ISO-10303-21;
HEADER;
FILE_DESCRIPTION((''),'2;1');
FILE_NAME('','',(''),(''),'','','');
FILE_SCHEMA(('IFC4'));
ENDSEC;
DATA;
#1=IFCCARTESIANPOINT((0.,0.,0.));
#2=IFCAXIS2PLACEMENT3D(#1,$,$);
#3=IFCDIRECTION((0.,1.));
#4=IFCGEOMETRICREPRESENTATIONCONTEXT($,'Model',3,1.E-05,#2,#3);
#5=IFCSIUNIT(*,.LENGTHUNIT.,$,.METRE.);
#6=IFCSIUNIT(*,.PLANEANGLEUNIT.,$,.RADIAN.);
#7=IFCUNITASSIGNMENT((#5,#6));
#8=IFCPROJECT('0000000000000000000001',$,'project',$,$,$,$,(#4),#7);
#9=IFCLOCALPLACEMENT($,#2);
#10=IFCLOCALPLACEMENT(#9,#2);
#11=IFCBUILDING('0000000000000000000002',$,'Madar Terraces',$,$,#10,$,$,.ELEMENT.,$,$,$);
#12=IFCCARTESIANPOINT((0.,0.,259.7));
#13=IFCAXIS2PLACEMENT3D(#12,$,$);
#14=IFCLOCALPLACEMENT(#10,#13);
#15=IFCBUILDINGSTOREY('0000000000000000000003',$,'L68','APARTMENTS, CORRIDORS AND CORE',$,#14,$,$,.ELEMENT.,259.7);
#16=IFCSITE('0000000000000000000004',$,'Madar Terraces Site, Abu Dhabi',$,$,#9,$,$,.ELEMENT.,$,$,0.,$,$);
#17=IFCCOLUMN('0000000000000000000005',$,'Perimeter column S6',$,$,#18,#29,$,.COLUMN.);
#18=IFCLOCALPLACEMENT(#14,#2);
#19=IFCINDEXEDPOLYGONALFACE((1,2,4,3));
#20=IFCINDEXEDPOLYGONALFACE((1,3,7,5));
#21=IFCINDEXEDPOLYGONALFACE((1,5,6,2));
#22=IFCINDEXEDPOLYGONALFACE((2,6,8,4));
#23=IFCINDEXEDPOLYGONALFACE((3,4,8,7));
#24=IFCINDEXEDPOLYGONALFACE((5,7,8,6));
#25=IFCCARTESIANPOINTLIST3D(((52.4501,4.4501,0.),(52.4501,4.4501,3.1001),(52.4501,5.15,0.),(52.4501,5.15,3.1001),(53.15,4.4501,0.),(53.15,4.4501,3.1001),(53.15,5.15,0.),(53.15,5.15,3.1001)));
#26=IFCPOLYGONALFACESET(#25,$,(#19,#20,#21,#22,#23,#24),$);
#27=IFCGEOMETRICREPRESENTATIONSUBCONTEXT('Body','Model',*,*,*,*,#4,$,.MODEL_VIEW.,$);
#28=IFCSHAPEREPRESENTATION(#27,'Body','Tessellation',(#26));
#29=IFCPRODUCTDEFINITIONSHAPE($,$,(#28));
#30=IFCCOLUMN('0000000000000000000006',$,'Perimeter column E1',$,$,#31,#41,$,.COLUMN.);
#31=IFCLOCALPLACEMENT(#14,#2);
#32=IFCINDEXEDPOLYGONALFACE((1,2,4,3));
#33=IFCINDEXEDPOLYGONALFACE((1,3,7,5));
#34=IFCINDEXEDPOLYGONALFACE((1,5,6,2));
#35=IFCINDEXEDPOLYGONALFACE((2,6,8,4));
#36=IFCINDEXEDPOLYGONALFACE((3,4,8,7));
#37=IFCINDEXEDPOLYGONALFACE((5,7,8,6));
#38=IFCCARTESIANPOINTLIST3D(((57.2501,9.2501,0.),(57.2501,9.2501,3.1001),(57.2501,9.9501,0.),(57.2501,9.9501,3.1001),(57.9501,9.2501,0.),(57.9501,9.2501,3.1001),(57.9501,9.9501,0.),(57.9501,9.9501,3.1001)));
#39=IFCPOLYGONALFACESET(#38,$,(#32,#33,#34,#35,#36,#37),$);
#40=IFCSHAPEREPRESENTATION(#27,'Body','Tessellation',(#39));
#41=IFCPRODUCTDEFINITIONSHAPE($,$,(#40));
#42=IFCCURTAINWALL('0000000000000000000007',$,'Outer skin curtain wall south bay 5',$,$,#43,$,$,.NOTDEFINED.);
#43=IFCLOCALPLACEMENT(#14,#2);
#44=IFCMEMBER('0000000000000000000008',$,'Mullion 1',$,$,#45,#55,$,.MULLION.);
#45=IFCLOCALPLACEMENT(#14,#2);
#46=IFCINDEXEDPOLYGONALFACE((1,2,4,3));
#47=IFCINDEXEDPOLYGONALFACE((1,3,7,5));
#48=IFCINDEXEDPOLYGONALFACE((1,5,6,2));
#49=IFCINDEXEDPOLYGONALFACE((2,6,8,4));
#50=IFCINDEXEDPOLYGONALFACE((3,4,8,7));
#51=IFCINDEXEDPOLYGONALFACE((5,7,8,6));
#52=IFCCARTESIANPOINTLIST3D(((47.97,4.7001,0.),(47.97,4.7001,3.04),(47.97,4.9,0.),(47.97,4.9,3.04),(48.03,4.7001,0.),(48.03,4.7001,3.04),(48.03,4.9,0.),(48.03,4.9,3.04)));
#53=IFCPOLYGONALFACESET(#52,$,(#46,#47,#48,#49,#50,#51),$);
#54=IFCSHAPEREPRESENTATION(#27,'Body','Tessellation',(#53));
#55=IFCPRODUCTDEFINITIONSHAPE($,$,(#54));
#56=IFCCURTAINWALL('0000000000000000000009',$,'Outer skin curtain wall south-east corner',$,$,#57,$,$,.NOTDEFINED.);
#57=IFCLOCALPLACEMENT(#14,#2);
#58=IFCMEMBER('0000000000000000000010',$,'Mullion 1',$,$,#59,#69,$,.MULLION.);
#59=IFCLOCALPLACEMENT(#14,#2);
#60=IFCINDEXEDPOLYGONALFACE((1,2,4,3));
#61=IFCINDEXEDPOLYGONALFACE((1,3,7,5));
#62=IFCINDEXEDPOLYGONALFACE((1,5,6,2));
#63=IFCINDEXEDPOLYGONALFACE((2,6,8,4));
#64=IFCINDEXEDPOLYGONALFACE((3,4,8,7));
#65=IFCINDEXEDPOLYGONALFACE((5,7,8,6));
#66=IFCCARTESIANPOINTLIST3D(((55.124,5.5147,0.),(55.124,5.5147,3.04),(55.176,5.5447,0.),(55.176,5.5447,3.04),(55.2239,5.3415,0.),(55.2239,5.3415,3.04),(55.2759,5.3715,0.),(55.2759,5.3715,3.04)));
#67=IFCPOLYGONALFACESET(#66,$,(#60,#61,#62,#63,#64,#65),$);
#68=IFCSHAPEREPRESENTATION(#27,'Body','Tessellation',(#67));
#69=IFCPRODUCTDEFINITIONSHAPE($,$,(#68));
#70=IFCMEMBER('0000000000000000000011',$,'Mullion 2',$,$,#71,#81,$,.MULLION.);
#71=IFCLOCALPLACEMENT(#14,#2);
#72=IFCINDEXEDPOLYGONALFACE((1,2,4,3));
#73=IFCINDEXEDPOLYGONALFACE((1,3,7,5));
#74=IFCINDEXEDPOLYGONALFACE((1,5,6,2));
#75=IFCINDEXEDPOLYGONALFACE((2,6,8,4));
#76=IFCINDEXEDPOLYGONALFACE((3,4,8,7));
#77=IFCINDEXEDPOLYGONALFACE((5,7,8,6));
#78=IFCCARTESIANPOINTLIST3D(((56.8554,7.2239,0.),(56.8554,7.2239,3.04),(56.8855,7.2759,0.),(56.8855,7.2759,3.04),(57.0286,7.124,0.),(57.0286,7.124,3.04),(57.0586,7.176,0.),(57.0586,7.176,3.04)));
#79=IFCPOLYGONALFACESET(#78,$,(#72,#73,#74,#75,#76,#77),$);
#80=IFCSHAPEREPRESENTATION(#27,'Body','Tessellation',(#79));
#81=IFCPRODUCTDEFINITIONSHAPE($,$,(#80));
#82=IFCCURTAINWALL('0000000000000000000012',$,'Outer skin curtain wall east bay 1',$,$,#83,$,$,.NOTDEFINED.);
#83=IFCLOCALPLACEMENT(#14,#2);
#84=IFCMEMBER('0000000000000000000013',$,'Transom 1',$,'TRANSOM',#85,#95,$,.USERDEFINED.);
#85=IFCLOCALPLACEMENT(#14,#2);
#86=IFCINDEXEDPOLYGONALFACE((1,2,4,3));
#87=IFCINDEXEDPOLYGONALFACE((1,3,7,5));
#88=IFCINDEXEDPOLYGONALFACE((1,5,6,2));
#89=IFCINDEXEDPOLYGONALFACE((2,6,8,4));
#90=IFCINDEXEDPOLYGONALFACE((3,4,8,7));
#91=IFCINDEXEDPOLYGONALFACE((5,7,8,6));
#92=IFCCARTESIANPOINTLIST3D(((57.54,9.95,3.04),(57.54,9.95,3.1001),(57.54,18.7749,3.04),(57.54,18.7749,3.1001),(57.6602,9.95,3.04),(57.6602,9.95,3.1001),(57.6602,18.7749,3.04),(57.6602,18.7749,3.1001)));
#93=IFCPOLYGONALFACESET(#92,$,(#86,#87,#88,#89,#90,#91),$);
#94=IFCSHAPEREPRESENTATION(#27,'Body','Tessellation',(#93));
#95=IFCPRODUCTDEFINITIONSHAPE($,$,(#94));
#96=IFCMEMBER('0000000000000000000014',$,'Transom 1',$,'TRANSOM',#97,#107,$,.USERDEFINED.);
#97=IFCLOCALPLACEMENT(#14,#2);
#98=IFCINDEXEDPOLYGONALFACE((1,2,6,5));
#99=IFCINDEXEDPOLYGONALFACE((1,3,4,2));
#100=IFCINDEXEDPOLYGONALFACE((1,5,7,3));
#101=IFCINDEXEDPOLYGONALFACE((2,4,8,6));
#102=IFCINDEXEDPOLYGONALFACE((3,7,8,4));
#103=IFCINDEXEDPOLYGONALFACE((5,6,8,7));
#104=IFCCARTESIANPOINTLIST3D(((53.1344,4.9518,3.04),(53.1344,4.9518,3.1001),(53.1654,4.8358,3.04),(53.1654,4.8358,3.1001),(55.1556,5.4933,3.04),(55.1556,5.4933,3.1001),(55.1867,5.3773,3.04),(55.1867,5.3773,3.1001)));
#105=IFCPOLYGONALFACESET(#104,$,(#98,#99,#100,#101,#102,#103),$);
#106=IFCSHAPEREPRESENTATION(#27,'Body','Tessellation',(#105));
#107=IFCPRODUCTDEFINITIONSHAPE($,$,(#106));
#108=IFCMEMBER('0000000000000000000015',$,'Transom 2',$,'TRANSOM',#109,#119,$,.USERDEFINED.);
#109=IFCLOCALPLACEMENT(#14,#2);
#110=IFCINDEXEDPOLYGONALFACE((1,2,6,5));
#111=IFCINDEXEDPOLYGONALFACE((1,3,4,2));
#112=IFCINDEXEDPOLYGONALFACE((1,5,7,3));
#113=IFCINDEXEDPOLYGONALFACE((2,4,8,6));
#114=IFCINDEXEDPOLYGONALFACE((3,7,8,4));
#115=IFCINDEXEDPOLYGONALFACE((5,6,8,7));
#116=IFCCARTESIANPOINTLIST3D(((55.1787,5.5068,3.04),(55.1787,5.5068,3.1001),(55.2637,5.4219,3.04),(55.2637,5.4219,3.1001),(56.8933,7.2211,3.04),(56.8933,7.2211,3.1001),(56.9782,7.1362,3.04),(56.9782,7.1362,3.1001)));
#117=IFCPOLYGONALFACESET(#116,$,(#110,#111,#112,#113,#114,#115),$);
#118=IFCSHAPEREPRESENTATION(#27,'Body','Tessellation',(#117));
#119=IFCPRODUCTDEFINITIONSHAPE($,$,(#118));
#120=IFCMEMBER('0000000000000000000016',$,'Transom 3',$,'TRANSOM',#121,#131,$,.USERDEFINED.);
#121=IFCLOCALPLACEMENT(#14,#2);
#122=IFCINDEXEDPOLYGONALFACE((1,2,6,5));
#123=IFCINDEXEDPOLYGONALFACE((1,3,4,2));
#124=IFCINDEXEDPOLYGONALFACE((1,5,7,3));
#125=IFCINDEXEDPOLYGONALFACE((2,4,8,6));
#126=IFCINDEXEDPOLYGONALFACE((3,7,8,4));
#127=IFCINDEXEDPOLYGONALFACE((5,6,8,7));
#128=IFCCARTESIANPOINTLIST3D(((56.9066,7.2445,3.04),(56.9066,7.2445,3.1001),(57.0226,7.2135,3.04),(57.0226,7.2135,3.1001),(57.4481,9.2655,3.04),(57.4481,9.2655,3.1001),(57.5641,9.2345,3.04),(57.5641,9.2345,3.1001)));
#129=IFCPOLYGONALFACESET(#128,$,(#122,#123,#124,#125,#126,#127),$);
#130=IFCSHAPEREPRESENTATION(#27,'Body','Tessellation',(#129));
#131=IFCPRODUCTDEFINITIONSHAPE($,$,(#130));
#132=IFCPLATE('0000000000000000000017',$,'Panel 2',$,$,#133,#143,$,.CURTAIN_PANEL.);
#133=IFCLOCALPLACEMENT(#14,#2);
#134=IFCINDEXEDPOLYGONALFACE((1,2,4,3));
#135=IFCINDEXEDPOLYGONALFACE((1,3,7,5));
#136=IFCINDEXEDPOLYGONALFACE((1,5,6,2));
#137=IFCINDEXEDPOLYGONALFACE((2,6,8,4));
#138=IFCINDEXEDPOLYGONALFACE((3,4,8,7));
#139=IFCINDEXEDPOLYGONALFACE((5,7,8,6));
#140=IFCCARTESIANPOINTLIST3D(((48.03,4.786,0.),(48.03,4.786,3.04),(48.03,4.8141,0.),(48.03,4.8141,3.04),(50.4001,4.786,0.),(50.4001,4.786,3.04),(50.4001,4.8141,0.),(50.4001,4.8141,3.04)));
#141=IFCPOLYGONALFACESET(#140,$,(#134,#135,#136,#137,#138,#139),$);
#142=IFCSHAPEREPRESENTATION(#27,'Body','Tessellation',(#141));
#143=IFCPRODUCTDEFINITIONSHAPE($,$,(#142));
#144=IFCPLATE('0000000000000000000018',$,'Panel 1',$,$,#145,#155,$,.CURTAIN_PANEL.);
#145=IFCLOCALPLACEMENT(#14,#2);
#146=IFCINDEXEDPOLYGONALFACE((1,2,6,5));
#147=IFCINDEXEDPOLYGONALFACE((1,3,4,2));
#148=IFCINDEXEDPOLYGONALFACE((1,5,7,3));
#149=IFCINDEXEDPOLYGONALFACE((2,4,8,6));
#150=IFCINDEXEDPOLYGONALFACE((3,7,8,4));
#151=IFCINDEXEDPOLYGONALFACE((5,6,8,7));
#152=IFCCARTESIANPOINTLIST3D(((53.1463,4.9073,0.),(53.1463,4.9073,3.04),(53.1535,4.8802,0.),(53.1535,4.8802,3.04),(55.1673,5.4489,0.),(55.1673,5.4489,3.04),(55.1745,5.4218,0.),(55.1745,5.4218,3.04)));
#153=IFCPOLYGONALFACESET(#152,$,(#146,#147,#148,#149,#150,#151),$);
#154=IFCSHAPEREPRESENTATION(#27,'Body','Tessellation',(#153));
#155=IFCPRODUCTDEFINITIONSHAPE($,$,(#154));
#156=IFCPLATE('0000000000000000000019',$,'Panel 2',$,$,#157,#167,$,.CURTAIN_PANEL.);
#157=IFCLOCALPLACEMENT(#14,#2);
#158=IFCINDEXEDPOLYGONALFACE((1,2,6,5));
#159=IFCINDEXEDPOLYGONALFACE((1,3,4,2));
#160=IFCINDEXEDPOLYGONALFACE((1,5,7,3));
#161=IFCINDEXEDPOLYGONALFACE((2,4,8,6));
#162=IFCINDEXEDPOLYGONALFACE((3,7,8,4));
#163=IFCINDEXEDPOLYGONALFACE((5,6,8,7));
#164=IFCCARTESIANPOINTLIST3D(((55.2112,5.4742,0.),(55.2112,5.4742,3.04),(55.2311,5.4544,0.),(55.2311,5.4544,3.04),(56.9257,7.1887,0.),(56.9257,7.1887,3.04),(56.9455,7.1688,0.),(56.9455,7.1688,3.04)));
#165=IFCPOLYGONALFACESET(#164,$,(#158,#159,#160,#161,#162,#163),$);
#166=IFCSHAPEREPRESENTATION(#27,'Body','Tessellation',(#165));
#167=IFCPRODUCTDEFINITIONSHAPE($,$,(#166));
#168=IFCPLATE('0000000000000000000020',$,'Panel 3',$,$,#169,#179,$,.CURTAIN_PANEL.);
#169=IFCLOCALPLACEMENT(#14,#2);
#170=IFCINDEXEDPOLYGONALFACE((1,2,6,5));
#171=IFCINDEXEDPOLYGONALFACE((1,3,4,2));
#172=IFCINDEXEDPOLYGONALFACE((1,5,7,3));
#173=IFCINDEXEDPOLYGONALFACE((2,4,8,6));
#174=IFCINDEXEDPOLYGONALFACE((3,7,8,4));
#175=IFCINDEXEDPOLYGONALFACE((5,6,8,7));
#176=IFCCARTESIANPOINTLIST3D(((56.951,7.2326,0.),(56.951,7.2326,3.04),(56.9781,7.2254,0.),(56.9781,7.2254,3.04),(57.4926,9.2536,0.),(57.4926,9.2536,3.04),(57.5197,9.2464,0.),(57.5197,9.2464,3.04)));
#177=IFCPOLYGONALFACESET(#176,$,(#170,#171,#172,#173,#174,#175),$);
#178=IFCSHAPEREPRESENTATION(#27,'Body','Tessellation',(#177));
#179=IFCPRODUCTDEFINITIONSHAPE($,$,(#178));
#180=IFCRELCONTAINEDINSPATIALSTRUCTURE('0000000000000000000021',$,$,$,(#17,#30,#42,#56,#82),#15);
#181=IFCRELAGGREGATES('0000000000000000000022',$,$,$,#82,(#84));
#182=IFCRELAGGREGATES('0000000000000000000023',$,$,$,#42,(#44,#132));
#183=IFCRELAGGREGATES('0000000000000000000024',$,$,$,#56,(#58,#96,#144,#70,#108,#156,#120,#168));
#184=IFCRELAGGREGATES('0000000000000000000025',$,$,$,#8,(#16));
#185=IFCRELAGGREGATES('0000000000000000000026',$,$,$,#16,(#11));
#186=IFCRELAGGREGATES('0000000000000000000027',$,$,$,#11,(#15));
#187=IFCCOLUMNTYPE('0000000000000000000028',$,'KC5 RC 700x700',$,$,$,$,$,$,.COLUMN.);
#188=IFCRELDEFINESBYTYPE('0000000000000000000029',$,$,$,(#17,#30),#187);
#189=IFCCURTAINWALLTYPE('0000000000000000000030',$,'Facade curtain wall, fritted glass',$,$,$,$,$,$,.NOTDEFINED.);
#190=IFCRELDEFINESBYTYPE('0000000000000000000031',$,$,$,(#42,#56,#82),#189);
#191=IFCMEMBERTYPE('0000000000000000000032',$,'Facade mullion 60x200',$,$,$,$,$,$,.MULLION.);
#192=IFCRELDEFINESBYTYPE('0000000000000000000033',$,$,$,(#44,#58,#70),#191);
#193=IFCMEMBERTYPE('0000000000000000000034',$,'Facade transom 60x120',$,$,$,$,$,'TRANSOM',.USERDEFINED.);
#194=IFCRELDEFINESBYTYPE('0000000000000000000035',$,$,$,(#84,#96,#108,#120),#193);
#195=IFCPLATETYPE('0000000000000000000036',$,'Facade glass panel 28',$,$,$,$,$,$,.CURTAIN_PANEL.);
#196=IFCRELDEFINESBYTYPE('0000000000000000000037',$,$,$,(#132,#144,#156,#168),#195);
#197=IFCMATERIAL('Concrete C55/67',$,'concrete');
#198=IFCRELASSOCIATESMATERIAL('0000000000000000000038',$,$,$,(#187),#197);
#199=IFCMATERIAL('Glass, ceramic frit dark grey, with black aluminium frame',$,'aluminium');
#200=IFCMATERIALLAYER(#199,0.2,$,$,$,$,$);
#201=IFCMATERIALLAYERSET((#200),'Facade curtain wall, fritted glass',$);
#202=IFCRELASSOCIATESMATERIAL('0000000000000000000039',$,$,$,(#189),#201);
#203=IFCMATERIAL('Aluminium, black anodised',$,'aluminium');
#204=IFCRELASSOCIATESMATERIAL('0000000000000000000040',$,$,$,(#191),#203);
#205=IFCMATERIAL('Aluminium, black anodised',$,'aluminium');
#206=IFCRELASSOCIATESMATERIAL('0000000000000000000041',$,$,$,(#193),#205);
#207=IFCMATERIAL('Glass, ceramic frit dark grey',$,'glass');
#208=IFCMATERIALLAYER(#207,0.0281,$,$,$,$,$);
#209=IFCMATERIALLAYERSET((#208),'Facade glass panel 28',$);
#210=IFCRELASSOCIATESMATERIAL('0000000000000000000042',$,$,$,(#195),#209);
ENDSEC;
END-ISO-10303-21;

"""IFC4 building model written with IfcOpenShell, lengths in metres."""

from ifc_helpers import new_model, si_unit, direction, frame, origin, origin_2d, place, context, subcontext, project, spatial, rectangle, extrude, material, layer, layer_set, material_profile, profile_set, type_object, element, aggregate, save


model = new_model("IFC4")

# Units and contexts
model_context = context("Model", 3, precision=1e-05, world=origin(), true_north=direction((0.0, 1.0)))
body_context = subcontext(model_context, "Body", "Model", "MODEL_VIEW")
ifc_project = project(units=[si_unit("LENGTHUNIT", "METRE"), si_unit("PLANEANGLEUNIT", "RADIAN")], contexts=[model_context])

# Site, building, storey
site_placement = place(None, origin())
site = spatial("IfcSite", under=ifc_project, at=site_placement, Name="Madar Terraces Site, Abu Dhabi", CompositionType="ELEMENT", RefElevation=0.0)
building_placement = place(site_placement, origin())
building = spatial("IfcBuilding", under=site, at=building_placement, Name="Madar Terraces", CompositionType="ELEMENT")
storey_placement = place(building_placement, frame((0.0, 0.0, 259.7)))
storey = spatial("IfcBuildingStorey", under=building, at=storey_placement, Name="L68", Description="APARTMENTS, CORRIDORS AND CORE", CompositionType="ELEMENT", Elevation=259.7)

# Columns
ifc_material_1 = material(Name="Concrete C55/67", Category="concrete")
ifc_material_profile_1 = material_profile(ifc_material_1, rectangle(XDim=0.7, YDim=0.7, at=origin_2d()), Name="KC5 RC 700x700")
ifc_profile_set_1 = profile_set([ifc_material_profile_1], Name="Concrete C55/67")
column_type = type_object("IfcColumnType", Name="KC5 RC 700x700", PredefinedType="COLUMN", material=ifc_profile_set_1)
for number, where, z_axis, x_axis, name in (
    (1, (52.8, 4.8, 0.0), (0.0, 0.0, 1.0), (1.0, 0.0, 0.0), "Perimeter column S6"),
    (2, (57.6001, 9.6001, 0.0), (0.0, 0.0, 1.0), (1.0, 0.0, 0.0), "Perimeter column E1"),
):
    element("IfcColumn", number, at=place(storey_placement, frame(where, z_axis=z_axis, x_axis=x_axis)), inside=storey, type_object=column_type, Name=name, PredefinedType="COLUMN", context=body_context, shape_type="SweptSolid", body=[
        extrude(rectangle(XDim=0.7, YDim=0.7, at=origin_2d()), origin(), (0.0, 0.0, 1.0), 3.1001),
    ])

# Curtain wall, member
ifc_material_2 = material(Name="Glass, ceramic frit dark grey, with black aluminium frame", Category="aluminium")
ifc_layer_1 = layer(ifc_material_2, 0.2)
ifc_layer_set_1 = layer_set([ifc_layer_1], Name="Facade curtain wall, fritted glass")
curtain_wall_type = type_object("IfcCurtainWallType", Name="Facade curtain wall, fritted glass", PredefinedType="NOTDEFINED", material=ifc_layer_set_1)
curtain_wall_1_placement = place(storey_placement, origin())
curtain_wall_1 = element("IfcCurtainWall", 3, at=curtain_wall_1_placement, inside=storey, type_object=curtain_wall_type, Name="Outer skin curtain wall south bay 5", PredefinedType="NOTDEFINED")
ifc_material_3 = material(Name="Aluminium, black anodised", Category="aluminium")
ifc_material_profile_2 = material_profile(ifc_material_3, rectangle(XDim=0.2, YDim=0.0601, at=origin_2d()), Name="Facade mullion 60x200")
ifc_profile_set_2 = profile_set([ifc_material_profile_2], Name="Aluminium, black anodised")
member_type_1 = type_object("IfcMemberType", Name="Facade mullion 60x200", PredefinedType="MULLION", material=ifc_profile_set_2)
member_1_placement = place(storey_placement, frame((48.0, 4.8, 0.0), z_axis=(0.0, 0.0, 1.0), x_axis=(0.0, 1.0, 0.0)))
member_1 = element("IfcMember", 4, at=member_1_placement, type_object=member_type_1, Name="Mullion 1", PredefinedType="MULLION", context=body_context, shape_type="SweptSolid", body=[
    extrude(rectangle(XDim=0.2, YDim=0.0601, at=origin_2d()), origin(), (0.0, 0.0, 1.0), 3.04),
])

# Curtain wall, members
curtain_wall_2_placement = place(storey_placement, origin())
curtain_wall_2 = element("IfcCurtainWall", 5, at=curtain_wall_2_placement, inside=storey, type_object=curtain_wall_type, Name="Outer skin curtain wall south-east corner", PredefinedType="NOTDEFINED")
member_2_placement = place(storey_placement, frame((55.2, 5.4431, 0.0), z_axis=(0.0, 0.0, 1.0), x_axis=(-0.5, 0.866025, 0.0)))
member_2 = element("IfcMember", 6, at=member_2_placement, type_object=member_type_1, Name="Mullion 1", PredefinedType="MULLION", context=body_context, shape_type="SweptSolid", body=[
    extrude(rectangle(XDim=0.2, YDim=0.0601, at=origin_2d()), origin(), (0.0, 0.0, 1.0), 3.04),
])
member_3_placement = place(storey_placement, frame((56.957, 7.2, 0.0), z_axis=(0.0, 0.0, 1.0), x_axis=(-0.866025, 0.5, 0.0)))
member_3 = element("IfcMember", 7, at=member_3_placement, type_object=member_type_1, Name="Mullion 2", PredefinedType="MULLION", context=body_context, shape_type="SweptSolid", body=[
    extrude(rectangle(XDim=0.2, YDim=0.0601, at=origin_2d()), origin(), (0.0, 0.0, 1.0), 3.04),
])

# Curtain wall, member
curtain_wall_3_placement = place(storey_placement, origin())
curtain_wall_3 = element("IfcCurtainWall", 8, at=curtain_wall_3_placement, inside=storey, type_object=curtain_wall_type, Name="Outer skin curtain wall east bay 1", PredefinedType="NOTDEFINED")
ifc_material_4 = material(Name="Aluminium, black anodised", Category="aluminium")
ifc_material_profile_3 = material_profile(ifc_material_4, rectangle(XDim=0.1201, YDim=0.0601, at=origin_2d()), Name="Facade transom 60x120")
ifc_profile_set_3 = profile_set([ifc_material_profile_3], Name="Aluminium, black anodised")
member_type_2 = type_object("IfcMemberType", Name="Facade transom 60x120", ElementType="TRANSOM", PredefinedType="USERDEFINED", material=ifc_profile_set_3)
member_4_placement = place(storey_placement, frame((57.6001, 9.95, 3.0701), z_axis=(0.0, 1.0, 0.0), x_axis=(-1.0, 0.0, 0.0)))
member_4 = element("IfcMember", 9, at=member_4_placement, type_object=member_type_2, Name="Transom 1", ObjectType="TRANSOM", PredefinedType="USERDEFINED", context=body_context, shape_type="SweptSolid", body=[
    extrude(rectangle(XDim=0.1201, YDim=0.0601, at=origin_2d()), origin(), (0.0, 0.0, 1.0), 8.825),
])
aggregate(curtain_wall_3, [member_4])

# Members
member_5_placement = place(storey_placement, frame((53.1499, 4.8938, 3.0701), z_axis=(0.965936, 0.258781, 0.0), x_axis=(-0.258781, 0.965936, 0.0)))
member_5 = element("IfcMember", 10, at=member_5_placement, type_object=member_type_2, Name="Transom 1", ObjectType="TRANSOM", PredefinedType="USERDEFINED", context=body_context, shape_type="SweptSolid", body=[
    extrude(rectangle(XDim=0.1201, YDim=0.0601, at=origin_2d()), origin(), (0.0, 0.0, 1.0), 2.0925),
])
member_6_placement = place(storey_placement, frame((55.2212, 5.4644, 3.0701), z_axis=(0.707157, 0.707056, 0.0), x_axis=(-0.707056, 0.707157, 0.0)))
member_6 = element("IfcMember", 11, at=member_6_placement, type_object=member_type_2, Name="Transom 2", ObjectType="TRANSOM", PredefinedType="USERDEFINED", context=body_context, shape_type="SweptSolid", body=[
    extrude(rectangle(XDim=0.1201, YDim=0.0601, at=origin_2d()), origin(), (0.0, 0.0, 1.0), 2.4246),
])
member_7_placement = place(storey_placement, frame((56.9646, 7.229, 3.0701), z_axis=(0.25881, 0.965928, 0.0), x_axis=(-0.965928, 0.25881, 0.0)))
member_7 = element("IfcMember", 12, at=member_7_placement, type_object=member_type_2, Name="Transom 3", ObjectType="TRANSOM", PredefinedType="USERDEFINED", context=body_context, shape_type="SweptSolid", body=[
    extrude(rectangle(XDim=0.1201, YDim=0.0601, at=origin_2d()), origin(), (0.0, 0.0, 1.0), 2.0923),
])

# Plates
ifc_material_5 = material(Name="Glass, ceramic frit dark grey", Category="glass")
ifc_layer_2 = layer(ifc_material_5, 0.0281)
ifc_layer_set_2 = layer_set([ifc_layer_2], Name="Facade glass panel 28")
plate_type = type_object("IfcPlateType", Name="Facade glass panel 28", PredefinedType="CURTAIN_PANEL", material=ifc_layer_set_2)
plate_1_placement = place(storey_placement, frame((49.2151, 4.8, 0.0), z_axis=(0.0, 0.0, 1.0), x_axis=(1.0, 0.0, 0.0)))
plate_1 = element("IfcPlate", 13, at=plate_1_placement, type_object=plate_type, Name="Panel 2", PredefinedType="CURTAIN_PANEL", context=body_context, shape_type="SweptSolid", body=[
    extrude(rectangle(XDim=2.3701, YDim=0.0281, at=origin_2d()), origin(), (0.0, 0.0, 1.0), 3.04),
])
aggregate(curtain_wall_1, [member_1, plate_1])
plate_2_placement = place(storey_placement, frame((54.1604, 5.1646, 0.0), z_axis=(0.0, 0.0, 1.0), x_axis=(0.965926, 0.258819, 0.0)))
plate_2 = element("IfcPlate", 14, at=plate_2_placement, type_object=plate_type, Name="Panel 1", PredefinedType="CURTAIN_PANEL", context=body_context, shape_type="SweptSolid", body=[
    extrude(rectangle(XDim=2.0923, YDim=0.0281, at=origin_2d()), origin(), (0.0, 0.0, 1.0), 3.04),
])
plate_3_placement = place(storey_placement, frame((56.0784, 6.3215, 0.0), z_axis=(0.0, 0.0, 1.0), x_axis=(0.707107, 0.707107, 0.0)))
plate_3 = element("IfcPlate", 15, at=plate_3_placement, type_object=plate_type, Name="Panel 2", PredefinedType="CURTAIN_PANEL", context=body_context, shape_type="SweptSolid", body=[
    extrude(rectangle(XDim=2.4246, YDim=0.0281, at=origin_2d()), origin(), (0.0, 0.0, 1.0), 3.04),
])
plate_4_placement = place(storey_placement, frame((57.2354, 8.2395, 0.0), z_axis=(0.0, 0.0, 1.0), x_axis=(0.258819, 0.965926, 0.0)))
plate_4 = element("IfcPlate", 16, at=plate_4_placement, type_object=plate_type, Name="Panel 3", PredefinedType="CURTAIN_PANEL", context=body_context, shape_type="SweptSolid", body=[
    extrude(rectangle(XDim=2.0923, YDim=0.0281, at=origin_2d()), origin(), (0.0, 0.0, 1.0), 3.04),
])
aggregate(curtain_wall_2, [member_2, member_5, plate_2, member_3, member_6, plate_3, member_7, plate_4])

save(model, "model.ifc")
